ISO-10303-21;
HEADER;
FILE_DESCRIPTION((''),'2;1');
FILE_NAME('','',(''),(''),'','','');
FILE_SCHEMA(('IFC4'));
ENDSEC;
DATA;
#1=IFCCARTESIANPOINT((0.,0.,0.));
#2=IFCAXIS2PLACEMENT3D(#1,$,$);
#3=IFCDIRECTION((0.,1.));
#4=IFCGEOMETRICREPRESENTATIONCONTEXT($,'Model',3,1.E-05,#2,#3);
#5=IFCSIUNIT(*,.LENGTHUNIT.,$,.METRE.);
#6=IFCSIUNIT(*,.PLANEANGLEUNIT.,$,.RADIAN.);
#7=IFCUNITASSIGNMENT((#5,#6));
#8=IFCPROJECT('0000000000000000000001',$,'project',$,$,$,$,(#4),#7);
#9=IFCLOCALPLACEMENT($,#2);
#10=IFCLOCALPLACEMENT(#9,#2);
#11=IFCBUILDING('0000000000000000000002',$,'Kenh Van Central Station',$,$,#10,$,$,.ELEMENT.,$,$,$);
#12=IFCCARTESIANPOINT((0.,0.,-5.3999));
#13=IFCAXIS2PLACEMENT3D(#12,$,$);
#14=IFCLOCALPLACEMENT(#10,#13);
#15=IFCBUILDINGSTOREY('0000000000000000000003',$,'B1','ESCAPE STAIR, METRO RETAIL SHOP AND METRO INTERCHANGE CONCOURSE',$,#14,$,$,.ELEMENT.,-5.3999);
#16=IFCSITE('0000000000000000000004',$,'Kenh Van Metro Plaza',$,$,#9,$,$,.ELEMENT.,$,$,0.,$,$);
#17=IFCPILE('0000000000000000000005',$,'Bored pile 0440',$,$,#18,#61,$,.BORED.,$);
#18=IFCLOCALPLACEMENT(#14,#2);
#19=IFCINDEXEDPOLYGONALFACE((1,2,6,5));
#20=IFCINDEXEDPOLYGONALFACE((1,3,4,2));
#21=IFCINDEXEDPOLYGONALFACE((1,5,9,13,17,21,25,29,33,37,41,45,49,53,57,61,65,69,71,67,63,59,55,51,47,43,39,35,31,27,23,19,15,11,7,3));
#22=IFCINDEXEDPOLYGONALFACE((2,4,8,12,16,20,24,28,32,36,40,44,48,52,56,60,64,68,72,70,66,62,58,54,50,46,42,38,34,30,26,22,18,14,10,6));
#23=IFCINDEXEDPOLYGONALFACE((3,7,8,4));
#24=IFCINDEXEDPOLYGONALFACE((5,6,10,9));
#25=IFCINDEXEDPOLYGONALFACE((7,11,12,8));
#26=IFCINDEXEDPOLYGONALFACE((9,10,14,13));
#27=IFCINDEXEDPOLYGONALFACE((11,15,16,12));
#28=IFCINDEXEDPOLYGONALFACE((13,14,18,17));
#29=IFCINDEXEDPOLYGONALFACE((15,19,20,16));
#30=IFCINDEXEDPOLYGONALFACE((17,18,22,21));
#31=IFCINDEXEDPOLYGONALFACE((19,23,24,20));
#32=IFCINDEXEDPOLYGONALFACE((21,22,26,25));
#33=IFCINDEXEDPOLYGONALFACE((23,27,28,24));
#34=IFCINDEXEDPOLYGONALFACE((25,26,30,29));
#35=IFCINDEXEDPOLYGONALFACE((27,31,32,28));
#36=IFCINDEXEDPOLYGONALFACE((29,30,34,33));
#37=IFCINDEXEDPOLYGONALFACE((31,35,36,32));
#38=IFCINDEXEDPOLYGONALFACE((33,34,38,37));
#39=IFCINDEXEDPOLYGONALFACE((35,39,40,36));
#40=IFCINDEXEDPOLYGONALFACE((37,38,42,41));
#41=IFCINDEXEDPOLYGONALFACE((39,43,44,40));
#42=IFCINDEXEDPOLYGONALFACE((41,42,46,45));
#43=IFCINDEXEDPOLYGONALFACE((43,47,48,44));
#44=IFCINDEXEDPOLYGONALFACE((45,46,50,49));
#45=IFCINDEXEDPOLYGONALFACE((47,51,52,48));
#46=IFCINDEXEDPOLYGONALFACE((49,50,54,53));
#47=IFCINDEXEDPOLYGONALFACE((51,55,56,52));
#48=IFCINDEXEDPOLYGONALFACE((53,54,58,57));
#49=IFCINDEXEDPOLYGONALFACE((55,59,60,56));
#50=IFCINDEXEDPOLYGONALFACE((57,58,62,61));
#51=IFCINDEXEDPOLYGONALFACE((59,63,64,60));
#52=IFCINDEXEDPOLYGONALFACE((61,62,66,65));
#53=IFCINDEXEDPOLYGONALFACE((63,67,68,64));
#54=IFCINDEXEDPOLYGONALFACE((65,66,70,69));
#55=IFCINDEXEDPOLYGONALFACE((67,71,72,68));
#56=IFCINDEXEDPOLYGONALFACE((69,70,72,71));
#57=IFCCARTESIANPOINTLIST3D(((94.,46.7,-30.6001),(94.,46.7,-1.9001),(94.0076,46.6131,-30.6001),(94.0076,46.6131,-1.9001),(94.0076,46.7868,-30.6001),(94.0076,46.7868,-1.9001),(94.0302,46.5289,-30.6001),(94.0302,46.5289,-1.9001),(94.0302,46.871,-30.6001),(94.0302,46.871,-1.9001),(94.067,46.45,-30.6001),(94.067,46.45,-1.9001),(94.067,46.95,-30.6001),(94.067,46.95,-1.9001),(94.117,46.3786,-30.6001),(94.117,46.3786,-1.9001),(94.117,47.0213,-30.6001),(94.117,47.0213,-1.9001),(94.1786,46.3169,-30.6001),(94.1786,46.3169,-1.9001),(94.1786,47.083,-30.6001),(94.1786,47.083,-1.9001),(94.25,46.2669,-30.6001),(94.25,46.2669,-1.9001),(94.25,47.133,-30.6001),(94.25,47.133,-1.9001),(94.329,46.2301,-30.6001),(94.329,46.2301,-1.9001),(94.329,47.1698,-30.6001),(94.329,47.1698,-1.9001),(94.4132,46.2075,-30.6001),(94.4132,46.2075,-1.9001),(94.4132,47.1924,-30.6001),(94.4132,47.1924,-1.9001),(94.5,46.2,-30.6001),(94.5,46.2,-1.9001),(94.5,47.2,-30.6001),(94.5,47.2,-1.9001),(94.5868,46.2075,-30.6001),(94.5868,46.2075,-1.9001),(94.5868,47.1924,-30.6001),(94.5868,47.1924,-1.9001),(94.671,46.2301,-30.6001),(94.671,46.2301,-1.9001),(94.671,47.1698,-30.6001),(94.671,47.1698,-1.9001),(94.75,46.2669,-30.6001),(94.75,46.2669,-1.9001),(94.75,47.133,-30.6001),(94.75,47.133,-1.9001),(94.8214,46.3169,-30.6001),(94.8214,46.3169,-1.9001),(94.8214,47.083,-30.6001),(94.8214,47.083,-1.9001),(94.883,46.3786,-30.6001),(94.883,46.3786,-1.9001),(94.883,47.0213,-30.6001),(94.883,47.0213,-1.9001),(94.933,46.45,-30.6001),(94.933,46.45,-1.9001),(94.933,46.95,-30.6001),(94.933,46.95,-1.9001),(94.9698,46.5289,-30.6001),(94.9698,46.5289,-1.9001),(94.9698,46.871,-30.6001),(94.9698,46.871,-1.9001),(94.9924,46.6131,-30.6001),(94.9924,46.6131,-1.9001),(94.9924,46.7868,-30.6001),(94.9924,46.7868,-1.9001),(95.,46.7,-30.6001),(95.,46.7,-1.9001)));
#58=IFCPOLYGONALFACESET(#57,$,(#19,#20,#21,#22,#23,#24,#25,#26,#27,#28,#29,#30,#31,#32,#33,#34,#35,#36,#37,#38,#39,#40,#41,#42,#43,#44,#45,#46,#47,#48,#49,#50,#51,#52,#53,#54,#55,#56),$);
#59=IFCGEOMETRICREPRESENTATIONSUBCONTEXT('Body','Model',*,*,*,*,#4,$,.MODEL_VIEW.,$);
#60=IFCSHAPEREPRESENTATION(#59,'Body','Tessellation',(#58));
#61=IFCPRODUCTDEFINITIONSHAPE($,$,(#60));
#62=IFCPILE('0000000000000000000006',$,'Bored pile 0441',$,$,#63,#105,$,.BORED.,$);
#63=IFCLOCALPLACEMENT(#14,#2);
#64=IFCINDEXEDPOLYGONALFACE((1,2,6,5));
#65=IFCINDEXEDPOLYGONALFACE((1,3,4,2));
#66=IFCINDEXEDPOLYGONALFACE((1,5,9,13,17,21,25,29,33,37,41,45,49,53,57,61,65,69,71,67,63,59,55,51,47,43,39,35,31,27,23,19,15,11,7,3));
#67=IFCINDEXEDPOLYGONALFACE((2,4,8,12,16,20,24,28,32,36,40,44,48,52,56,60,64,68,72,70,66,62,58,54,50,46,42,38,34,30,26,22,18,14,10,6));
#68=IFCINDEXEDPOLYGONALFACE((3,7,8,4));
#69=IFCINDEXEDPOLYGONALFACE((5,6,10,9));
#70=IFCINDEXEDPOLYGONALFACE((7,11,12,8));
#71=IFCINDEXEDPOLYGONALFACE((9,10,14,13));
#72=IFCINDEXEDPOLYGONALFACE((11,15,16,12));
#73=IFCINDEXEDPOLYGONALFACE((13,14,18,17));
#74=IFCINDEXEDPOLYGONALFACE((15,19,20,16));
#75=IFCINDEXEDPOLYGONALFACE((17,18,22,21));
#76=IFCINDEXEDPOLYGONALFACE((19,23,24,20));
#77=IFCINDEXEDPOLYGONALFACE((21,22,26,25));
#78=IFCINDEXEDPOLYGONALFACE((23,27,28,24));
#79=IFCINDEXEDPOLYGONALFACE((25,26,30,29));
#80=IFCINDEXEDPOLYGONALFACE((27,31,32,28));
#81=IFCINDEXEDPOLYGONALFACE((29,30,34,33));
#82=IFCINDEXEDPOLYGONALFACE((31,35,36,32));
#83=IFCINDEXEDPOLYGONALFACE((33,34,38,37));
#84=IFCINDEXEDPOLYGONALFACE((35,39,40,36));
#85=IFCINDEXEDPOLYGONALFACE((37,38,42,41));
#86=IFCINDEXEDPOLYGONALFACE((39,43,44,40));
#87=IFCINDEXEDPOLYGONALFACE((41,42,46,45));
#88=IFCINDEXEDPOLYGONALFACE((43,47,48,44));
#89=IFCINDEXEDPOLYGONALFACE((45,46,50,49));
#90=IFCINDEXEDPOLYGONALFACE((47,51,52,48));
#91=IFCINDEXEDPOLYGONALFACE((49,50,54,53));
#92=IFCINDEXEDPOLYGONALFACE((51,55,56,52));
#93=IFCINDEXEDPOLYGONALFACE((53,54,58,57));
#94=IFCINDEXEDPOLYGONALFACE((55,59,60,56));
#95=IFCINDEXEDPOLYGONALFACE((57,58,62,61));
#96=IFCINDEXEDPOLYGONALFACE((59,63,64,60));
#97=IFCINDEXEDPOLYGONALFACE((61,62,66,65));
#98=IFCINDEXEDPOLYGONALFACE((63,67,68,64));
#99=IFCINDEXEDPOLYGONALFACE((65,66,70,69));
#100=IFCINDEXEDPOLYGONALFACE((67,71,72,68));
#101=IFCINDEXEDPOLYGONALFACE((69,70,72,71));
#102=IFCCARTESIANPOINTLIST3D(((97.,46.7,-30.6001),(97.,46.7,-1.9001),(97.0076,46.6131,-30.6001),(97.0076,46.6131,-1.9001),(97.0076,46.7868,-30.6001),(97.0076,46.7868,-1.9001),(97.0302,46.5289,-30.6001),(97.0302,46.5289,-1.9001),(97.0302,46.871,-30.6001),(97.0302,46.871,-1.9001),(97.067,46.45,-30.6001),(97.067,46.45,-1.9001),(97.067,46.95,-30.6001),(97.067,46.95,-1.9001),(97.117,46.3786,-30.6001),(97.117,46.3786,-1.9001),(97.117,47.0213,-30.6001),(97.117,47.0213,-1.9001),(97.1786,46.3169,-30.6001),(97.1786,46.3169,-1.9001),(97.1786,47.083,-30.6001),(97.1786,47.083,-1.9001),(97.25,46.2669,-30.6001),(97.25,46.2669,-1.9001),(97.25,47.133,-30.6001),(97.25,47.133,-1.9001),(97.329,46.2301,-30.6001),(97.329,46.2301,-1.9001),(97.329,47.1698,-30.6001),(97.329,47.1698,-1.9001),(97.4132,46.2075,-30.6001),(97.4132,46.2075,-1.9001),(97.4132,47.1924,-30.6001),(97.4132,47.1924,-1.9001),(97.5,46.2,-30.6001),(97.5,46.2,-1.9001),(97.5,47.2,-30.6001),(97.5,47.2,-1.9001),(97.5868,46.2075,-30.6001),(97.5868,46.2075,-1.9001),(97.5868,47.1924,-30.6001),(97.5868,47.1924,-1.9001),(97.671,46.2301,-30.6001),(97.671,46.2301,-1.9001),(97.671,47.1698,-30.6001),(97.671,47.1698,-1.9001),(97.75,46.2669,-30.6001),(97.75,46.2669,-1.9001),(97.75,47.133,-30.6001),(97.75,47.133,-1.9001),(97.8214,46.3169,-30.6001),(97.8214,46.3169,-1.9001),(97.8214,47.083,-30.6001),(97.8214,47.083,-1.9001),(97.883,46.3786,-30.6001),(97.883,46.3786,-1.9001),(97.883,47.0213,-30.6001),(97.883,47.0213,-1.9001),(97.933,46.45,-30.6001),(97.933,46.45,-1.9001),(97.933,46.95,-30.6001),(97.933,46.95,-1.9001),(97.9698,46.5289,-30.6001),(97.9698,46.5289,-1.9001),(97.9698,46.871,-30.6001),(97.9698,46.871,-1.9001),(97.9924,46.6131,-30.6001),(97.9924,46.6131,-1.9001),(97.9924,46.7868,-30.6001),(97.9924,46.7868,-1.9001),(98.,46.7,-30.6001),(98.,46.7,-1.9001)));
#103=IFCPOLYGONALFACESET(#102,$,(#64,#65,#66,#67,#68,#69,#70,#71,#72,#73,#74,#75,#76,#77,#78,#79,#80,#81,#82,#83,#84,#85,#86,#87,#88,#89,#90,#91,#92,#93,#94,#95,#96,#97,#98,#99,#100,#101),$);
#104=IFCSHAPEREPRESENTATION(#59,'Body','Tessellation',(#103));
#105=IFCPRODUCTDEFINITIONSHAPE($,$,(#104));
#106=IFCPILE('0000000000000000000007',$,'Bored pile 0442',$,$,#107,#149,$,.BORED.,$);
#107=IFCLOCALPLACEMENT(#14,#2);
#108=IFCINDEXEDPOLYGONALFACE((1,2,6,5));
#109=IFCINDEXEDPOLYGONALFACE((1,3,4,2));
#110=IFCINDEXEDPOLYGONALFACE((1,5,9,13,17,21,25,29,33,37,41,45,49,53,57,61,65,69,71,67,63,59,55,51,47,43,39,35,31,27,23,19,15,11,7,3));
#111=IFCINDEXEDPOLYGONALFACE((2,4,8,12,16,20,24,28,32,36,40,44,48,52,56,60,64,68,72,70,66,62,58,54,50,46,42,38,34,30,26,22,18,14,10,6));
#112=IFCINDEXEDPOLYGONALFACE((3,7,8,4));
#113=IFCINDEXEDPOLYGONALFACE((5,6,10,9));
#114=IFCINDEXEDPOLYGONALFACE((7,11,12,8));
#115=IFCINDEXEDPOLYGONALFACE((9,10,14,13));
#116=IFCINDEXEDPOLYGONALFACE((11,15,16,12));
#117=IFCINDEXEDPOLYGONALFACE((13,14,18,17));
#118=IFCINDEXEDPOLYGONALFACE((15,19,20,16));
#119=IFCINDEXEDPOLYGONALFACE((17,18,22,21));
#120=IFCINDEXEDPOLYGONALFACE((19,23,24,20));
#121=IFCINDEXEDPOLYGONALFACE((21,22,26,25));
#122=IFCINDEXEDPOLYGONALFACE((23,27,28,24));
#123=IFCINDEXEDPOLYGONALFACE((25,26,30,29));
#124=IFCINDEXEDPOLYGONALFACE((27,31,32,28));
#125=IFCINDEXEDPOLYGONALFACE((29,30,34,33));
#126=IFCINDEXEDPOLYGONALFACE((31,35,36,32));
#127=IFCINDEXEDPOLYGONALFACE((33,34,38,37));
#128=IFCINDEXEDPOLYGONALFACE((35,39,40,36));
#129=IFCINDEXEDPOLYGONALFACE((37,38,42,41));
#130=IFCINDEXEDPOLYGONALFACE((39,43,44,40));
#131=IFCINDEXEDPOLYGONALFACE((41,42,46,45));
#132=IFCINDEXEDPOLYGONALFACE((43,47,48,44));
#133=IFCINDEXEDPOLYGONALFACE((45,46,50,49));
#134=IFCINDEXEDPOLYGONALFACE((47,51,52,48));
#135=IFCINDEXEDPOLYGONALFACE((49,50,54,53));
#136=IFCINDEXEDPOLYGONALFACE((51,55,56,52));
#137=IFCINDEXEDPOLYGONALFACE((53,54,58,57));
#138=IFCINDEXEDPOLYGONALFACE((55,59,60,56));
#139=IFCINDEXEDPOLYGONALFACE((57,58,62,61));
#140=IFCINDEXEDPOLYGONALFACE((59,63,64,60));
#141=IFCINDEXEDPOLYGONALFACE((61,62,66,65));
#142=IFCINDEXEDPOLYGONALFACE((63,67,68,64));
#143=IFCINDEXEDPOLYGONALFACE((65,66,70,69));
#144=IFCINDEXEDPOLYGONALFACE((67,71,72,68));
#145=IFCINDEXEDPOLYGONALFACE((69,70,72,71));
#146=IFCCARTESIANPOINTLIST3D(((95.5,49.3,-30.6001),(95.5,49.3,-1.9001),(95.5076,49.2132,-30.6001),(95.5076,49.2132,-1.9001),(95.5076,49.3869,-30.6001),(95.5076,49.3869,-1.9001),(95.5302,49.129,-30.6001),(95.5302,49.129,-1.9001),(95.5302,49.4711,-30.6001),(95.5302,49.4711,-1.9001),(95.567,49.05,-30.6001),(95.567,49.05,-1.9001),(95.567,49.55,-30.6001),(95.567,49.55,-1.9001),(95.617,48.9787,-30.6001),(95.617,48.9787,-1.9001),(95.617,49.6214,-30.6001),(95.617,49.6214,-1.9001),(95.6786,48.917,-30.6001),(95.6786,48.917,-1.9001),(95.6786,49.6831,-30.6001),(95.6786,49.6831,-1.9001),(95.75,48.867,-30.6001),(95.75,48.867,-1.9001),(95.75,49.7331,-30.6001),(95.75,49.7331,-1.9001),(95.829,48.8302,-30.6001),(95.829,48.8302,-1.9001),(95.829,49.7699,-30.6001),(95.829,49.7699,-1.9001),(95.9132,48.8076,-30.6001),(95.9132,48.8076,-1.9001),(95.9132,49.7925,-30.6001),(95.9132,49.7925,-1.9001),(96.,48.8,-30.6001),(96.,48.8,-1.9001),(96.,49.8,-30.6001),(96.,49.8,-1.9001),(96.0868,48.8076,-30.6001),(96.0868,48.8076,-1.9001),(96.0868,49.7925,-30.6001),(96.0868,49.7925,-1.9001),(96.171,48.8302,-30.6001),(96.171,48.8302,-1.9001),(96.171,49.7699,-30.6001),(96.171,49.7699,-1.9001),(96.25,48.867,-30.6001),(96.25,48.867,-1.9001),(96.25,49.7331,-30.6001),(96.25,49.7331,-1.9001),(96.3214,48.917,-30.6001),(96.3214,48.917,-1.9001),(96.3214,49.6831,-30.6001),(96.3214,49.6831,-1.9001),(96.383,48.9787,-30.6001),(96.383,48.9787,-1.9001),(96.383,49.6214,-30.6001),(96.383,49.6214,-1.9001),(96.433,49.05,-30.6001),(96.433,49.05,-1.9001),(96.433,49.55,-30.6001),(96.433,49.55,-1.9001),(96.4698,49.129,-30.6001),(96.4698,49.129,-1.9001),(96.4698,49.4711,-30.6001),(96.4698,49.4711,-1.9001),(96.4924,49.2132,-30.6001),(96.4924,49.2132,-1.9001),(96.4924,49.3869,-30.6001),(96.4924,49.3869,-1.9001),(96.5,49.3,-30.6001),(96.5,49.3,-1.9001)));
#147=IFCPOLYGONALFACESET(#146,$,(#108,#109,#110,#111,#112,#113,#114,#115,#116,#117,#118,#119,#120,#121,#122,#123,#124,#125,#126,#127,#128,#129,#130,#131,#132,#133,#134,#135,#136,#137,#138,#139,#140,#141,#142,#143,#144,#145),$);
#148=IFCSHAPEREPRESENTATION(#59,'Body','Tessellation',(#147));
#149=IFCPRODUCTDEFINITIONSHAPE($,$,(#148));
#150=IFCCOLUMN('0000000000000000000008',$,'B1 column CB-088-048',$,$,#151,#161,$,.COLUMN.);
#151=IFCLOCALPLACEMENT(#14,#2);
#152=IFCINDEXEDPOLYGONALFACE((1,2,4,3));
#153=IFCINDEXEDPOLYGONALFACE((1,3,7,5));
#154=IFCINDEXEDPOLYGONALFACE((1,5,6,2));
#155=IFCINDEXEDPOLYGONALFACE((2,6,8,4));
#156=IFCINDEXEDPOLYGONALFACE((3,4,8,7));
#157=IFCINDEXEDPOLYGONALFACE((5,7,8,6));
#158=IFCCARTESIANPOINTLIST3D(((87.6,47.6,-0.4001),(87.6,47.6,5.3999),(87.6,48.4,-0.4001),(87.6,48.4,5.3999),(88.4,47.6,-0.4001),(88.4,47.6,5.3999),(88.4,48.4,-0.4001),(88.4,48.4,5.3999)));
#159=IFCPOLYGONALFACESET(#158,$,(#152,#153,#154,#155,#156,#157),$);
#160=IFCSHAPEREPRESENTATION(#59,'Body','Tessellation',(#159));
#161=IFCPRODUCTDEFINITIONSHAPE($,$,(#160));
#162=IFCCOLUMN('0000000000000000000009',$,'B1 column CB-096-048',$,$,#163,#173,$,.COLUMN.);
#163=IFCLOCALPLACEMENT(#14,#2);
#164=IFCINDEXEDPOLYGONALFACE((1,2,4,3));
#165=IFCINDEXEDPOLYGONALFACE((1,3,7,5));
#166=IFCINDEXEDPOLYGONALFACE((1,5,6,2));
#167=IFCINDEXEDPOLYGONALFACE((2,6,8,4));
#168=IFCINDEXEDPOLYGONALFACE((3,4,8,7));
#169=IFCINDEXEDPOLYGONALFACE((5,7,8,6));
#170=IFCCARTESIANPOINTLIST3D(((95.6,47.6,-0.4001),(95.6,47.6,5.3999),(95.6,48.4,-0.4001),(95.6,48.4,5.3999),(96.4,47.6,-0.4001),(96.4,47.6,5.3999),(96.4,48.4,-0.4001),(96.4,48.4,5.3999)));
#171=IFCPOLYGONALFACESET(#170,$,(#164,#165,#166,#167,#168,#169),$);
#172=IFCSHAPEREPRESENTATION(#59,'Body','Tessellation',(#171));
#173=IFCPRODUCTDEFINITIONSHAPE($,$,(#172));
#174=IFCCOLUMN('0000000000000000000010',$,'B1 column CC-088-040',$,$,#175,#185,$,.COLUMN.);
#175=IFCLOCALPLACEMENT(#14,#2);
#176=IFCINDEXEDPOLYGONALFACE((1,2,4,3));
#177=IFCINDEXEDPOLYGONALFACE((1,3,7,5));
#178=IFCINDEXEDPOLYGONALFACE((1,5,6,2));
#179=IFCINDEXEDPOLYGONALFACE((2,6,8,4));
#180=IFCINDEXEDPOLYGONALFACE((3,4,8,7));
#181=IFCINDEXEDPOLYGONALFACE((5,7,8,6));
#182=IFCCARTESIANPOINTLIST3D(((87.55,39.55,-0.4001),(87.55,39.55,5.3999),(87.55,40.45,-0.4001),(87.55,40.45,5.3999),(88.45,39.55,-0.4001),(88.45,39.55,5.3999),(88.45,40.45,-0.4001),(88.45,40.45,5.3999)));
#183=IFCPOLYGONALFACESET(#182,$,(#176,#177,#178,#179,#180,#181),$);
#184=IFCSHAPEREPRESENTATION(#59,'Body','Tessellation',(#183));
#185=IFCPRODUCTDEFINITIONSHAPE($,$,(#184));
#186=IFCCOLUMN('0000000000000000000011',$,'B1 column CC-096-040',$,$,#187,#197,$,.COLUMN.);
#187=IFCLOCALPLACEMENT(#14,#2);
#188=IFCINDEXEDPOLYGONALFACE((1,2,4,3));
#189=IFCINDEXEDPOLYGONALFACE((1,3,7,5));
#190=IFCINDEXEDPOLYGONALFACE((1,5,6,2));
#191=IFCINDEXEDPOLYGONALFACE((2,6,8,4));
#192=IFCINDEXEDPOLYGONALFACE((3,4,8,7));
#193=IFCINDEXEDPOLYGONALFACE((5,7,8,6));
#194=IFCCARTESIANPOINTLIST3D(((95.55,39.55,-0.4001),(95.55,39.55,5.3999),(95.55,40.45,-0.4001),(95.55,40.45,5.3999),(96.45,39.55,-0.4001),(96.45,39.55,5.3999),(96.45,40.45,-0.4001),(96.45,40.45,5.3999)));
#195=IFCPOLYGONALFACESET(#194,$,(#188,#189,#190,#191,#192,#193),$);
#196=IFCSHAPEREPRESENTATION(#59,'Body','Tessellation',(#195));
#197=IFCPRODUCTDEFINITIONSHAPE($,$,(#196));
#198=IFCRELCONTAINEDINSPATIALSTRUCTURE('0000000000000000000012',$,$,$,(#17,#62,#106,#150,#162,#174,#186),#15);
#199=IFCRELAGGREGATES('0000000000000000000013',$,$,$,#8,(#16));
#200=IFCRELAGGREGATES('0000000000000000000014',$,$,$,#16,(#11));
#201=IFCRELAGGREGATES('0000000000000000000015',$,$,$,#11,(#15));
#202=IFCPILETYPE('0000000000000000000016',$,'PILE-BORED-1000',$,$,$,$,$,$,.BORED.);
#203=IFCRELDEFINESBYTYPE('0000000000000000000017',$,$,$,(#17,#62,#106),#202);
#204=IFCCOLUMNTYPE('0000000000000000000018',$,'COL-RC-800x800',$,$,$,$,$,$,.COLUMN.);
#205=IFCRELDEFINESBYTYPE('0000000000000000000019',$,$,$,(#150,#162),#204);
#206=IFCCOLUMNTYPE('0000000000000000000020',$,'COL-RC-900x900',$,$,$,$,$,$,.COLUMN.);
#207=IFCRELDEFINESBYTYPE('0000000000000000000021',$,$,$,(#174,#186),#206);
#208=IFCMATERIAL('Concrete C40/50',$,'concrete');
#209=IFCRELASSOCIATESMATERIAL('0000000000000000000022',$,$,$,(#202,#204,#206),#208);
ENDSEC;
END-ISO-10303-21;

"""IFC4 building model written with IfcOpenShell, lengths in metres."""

from ifc_helpers import new_model, si_unit, direction, frame, origin, origin_2d, place, context, subcontext, project, spatial, rectangle, circle, extrude, material, material_profile, profile_set, type_object, element, save


model = new_model("IFC4")

# Units and contexts
model_context = context("Model", 3, precision=1e-05, world=origin(), true_north=direction((0.0, 1.0)))
body_context = subcontext(model_context, "Body", "Model", "MODEL_VIEW")
ifc_project = project(units=[si_unit("LENGTHUNIT", "METRE"), si_unit("PLANEANGLEUNIT", "RADIAN")], contexts=[model_context])

# Site, building, storey
site_placement = place(None, origin())
site = spatial("IfcSite", under=ifc_project, at=site_placement, Name="Kenh Van Metro Plaza", CompositionType="ELEMENT", RefElevation=0.0)
building_placement = place(site_placement, origin())
building = spatial("IfcBuilding", under=site, at=building_placement, Name="Kenh Van Central Station", CompositionType="ELEMENT")
storey_placement = place(building_placement, frame((0.0, 0.0, -5.3999)))
storey = spatial("IfcBuildingStorey", under=building, at=storey_placement, Name="B1", Description="ESCAPE STAIR, METRO RETAIL SHOP AND METRO INTERCHANGE CONCOURSE", CompositionType="ELEMENT", Elevation=-5.3999)

# Shared definitions
ifc_material_1 = material(Name="Concrete C40/50", Category="concrete")

# Piles
ifc_material_profile_1 = material_profile(ifc_material_1, circle(Radius=0.5, at=origin_2d()), Name="PILE D1000")
ifc_profile_set_1 = profile_set([ifc_material_profile_1], Name="Concrete C40/50")
pile_type = type_object("IfcPileType", Name="PILE-BORED-1000", PredefinedType="BORED", material=ifc_profile_set_1)
for number, where, z_axis, x_axis, name in (
    (1, (94.5, 46.7, -1.9001), (0.0, 0.0, -1.0), (1.0, 0.0, 0.0), "Bored pile 0440"),
    (2, (97.5, 46.7, -1.9001), (0.0, 0.0, -1.0), (1.0, 0.0, 0.0), "Bored pile 0441"),
    (3, (96.0, 49.3, -1.9001), (0.0, 0.0, -1.0), (1.0, 0.0, 0.0), "Bored pile 0442"),
):
    element("IfcPile", number, at=place(storey_placement, frame(where, z_axis=z_axis, x_axis=x_axis)), inside=storey, type_object=pile_type, Name=name, PredefinedType="BORED", context=body_context, shape_type="SweptSolid", body=[
        extrude(circle(Radius=0.5, at=origin_2d()), origin(), (0.0, 0.0, 1.0), 28.7),
    ])

# Columns
ifc_material_profile_2 = material_profile(ifc_material_1, rectangle(XDim=0.8, YDim=0.8, at=origin_2d()), Name="RC 800x800")
ifc_profile_set_2 = profile_set([ifc_material_profile_2], Name="Concrete C40/50")
column_type_1 = type_object("IfcColumnType", Name="COL-RC-800x800", PredefinedType="COLUMN", material=ifc_profile_set_2)
for number, where, z_axis, x_axis, name in (
    (4, (88.0, 48.0, -0.4001), (0.0, 0.0, 1.0), (1.0, 0.0, 0.0), "B1 column CB-088-048"),
    (5, (96.0, 48.0, -0.4001), (0.0, 0.0, 1.0), (1.0, 0.0, 0.0), "B1 column CB-096-048"),
):
    element("IfcColumn", number, at=place(storey_placement, frame(where, z_axis=z_axis, x_axis=x_axis)), inside=storey, type_object=column_type_1, Name=name, PredefinedType="COLUMN", context=body_context, shape_type="SweptSolid", body=[
        extrude(rectangle(XDim=0.8, YDim=0.8, at=origin_2d()), origin(), (0.0, 0.0, 1.0), 5.8),
    ])
ifc_material_profile_3 = material_profile(ifc_material_1, rectangle(XDim=0.8999, YDim=0.8999, at=origin_2d()), Name="RC 900x900")
ifc_profile_set_3 = profile_set([ifc_material_profile_3], Name="Concrete C40/50")
column_type_2 = type_object("IfcColumnType", Name="COL-RC-900x900", PredefinedType="COLUMN", material=ifc_profile_set_3)
for number, where, z_axis, x_axis, name in (
    (6, (88.0, 40.0, -0.4001), (0.0, 0.0, 1.0), (1.0, 0.0, 0.0), "B1 column CC-088-040"),
    (7, (96.0, 40.0, -0.4001), (0.0, 0.0, 1.0), (1.0, 0.0, 0.0), "B1 column CC-096-040"),
):
    element("IfcColumn", number, at=place(storey_placement, frame(where, z_axis=z_axis, x_axis=x_axis)), inside=storey, type_object=column_type_2, Name=name, PredefinedType="COLUMN", context=body_context, shape_type="SweptSolid", body=[
        extrude(rectangle(XDim=0.8999, YDim=0.8999, at=origin_2d()), origin(), (0.0, 0.0, 1.0), 5.8),
    ])

save(model, "model.ifc")
